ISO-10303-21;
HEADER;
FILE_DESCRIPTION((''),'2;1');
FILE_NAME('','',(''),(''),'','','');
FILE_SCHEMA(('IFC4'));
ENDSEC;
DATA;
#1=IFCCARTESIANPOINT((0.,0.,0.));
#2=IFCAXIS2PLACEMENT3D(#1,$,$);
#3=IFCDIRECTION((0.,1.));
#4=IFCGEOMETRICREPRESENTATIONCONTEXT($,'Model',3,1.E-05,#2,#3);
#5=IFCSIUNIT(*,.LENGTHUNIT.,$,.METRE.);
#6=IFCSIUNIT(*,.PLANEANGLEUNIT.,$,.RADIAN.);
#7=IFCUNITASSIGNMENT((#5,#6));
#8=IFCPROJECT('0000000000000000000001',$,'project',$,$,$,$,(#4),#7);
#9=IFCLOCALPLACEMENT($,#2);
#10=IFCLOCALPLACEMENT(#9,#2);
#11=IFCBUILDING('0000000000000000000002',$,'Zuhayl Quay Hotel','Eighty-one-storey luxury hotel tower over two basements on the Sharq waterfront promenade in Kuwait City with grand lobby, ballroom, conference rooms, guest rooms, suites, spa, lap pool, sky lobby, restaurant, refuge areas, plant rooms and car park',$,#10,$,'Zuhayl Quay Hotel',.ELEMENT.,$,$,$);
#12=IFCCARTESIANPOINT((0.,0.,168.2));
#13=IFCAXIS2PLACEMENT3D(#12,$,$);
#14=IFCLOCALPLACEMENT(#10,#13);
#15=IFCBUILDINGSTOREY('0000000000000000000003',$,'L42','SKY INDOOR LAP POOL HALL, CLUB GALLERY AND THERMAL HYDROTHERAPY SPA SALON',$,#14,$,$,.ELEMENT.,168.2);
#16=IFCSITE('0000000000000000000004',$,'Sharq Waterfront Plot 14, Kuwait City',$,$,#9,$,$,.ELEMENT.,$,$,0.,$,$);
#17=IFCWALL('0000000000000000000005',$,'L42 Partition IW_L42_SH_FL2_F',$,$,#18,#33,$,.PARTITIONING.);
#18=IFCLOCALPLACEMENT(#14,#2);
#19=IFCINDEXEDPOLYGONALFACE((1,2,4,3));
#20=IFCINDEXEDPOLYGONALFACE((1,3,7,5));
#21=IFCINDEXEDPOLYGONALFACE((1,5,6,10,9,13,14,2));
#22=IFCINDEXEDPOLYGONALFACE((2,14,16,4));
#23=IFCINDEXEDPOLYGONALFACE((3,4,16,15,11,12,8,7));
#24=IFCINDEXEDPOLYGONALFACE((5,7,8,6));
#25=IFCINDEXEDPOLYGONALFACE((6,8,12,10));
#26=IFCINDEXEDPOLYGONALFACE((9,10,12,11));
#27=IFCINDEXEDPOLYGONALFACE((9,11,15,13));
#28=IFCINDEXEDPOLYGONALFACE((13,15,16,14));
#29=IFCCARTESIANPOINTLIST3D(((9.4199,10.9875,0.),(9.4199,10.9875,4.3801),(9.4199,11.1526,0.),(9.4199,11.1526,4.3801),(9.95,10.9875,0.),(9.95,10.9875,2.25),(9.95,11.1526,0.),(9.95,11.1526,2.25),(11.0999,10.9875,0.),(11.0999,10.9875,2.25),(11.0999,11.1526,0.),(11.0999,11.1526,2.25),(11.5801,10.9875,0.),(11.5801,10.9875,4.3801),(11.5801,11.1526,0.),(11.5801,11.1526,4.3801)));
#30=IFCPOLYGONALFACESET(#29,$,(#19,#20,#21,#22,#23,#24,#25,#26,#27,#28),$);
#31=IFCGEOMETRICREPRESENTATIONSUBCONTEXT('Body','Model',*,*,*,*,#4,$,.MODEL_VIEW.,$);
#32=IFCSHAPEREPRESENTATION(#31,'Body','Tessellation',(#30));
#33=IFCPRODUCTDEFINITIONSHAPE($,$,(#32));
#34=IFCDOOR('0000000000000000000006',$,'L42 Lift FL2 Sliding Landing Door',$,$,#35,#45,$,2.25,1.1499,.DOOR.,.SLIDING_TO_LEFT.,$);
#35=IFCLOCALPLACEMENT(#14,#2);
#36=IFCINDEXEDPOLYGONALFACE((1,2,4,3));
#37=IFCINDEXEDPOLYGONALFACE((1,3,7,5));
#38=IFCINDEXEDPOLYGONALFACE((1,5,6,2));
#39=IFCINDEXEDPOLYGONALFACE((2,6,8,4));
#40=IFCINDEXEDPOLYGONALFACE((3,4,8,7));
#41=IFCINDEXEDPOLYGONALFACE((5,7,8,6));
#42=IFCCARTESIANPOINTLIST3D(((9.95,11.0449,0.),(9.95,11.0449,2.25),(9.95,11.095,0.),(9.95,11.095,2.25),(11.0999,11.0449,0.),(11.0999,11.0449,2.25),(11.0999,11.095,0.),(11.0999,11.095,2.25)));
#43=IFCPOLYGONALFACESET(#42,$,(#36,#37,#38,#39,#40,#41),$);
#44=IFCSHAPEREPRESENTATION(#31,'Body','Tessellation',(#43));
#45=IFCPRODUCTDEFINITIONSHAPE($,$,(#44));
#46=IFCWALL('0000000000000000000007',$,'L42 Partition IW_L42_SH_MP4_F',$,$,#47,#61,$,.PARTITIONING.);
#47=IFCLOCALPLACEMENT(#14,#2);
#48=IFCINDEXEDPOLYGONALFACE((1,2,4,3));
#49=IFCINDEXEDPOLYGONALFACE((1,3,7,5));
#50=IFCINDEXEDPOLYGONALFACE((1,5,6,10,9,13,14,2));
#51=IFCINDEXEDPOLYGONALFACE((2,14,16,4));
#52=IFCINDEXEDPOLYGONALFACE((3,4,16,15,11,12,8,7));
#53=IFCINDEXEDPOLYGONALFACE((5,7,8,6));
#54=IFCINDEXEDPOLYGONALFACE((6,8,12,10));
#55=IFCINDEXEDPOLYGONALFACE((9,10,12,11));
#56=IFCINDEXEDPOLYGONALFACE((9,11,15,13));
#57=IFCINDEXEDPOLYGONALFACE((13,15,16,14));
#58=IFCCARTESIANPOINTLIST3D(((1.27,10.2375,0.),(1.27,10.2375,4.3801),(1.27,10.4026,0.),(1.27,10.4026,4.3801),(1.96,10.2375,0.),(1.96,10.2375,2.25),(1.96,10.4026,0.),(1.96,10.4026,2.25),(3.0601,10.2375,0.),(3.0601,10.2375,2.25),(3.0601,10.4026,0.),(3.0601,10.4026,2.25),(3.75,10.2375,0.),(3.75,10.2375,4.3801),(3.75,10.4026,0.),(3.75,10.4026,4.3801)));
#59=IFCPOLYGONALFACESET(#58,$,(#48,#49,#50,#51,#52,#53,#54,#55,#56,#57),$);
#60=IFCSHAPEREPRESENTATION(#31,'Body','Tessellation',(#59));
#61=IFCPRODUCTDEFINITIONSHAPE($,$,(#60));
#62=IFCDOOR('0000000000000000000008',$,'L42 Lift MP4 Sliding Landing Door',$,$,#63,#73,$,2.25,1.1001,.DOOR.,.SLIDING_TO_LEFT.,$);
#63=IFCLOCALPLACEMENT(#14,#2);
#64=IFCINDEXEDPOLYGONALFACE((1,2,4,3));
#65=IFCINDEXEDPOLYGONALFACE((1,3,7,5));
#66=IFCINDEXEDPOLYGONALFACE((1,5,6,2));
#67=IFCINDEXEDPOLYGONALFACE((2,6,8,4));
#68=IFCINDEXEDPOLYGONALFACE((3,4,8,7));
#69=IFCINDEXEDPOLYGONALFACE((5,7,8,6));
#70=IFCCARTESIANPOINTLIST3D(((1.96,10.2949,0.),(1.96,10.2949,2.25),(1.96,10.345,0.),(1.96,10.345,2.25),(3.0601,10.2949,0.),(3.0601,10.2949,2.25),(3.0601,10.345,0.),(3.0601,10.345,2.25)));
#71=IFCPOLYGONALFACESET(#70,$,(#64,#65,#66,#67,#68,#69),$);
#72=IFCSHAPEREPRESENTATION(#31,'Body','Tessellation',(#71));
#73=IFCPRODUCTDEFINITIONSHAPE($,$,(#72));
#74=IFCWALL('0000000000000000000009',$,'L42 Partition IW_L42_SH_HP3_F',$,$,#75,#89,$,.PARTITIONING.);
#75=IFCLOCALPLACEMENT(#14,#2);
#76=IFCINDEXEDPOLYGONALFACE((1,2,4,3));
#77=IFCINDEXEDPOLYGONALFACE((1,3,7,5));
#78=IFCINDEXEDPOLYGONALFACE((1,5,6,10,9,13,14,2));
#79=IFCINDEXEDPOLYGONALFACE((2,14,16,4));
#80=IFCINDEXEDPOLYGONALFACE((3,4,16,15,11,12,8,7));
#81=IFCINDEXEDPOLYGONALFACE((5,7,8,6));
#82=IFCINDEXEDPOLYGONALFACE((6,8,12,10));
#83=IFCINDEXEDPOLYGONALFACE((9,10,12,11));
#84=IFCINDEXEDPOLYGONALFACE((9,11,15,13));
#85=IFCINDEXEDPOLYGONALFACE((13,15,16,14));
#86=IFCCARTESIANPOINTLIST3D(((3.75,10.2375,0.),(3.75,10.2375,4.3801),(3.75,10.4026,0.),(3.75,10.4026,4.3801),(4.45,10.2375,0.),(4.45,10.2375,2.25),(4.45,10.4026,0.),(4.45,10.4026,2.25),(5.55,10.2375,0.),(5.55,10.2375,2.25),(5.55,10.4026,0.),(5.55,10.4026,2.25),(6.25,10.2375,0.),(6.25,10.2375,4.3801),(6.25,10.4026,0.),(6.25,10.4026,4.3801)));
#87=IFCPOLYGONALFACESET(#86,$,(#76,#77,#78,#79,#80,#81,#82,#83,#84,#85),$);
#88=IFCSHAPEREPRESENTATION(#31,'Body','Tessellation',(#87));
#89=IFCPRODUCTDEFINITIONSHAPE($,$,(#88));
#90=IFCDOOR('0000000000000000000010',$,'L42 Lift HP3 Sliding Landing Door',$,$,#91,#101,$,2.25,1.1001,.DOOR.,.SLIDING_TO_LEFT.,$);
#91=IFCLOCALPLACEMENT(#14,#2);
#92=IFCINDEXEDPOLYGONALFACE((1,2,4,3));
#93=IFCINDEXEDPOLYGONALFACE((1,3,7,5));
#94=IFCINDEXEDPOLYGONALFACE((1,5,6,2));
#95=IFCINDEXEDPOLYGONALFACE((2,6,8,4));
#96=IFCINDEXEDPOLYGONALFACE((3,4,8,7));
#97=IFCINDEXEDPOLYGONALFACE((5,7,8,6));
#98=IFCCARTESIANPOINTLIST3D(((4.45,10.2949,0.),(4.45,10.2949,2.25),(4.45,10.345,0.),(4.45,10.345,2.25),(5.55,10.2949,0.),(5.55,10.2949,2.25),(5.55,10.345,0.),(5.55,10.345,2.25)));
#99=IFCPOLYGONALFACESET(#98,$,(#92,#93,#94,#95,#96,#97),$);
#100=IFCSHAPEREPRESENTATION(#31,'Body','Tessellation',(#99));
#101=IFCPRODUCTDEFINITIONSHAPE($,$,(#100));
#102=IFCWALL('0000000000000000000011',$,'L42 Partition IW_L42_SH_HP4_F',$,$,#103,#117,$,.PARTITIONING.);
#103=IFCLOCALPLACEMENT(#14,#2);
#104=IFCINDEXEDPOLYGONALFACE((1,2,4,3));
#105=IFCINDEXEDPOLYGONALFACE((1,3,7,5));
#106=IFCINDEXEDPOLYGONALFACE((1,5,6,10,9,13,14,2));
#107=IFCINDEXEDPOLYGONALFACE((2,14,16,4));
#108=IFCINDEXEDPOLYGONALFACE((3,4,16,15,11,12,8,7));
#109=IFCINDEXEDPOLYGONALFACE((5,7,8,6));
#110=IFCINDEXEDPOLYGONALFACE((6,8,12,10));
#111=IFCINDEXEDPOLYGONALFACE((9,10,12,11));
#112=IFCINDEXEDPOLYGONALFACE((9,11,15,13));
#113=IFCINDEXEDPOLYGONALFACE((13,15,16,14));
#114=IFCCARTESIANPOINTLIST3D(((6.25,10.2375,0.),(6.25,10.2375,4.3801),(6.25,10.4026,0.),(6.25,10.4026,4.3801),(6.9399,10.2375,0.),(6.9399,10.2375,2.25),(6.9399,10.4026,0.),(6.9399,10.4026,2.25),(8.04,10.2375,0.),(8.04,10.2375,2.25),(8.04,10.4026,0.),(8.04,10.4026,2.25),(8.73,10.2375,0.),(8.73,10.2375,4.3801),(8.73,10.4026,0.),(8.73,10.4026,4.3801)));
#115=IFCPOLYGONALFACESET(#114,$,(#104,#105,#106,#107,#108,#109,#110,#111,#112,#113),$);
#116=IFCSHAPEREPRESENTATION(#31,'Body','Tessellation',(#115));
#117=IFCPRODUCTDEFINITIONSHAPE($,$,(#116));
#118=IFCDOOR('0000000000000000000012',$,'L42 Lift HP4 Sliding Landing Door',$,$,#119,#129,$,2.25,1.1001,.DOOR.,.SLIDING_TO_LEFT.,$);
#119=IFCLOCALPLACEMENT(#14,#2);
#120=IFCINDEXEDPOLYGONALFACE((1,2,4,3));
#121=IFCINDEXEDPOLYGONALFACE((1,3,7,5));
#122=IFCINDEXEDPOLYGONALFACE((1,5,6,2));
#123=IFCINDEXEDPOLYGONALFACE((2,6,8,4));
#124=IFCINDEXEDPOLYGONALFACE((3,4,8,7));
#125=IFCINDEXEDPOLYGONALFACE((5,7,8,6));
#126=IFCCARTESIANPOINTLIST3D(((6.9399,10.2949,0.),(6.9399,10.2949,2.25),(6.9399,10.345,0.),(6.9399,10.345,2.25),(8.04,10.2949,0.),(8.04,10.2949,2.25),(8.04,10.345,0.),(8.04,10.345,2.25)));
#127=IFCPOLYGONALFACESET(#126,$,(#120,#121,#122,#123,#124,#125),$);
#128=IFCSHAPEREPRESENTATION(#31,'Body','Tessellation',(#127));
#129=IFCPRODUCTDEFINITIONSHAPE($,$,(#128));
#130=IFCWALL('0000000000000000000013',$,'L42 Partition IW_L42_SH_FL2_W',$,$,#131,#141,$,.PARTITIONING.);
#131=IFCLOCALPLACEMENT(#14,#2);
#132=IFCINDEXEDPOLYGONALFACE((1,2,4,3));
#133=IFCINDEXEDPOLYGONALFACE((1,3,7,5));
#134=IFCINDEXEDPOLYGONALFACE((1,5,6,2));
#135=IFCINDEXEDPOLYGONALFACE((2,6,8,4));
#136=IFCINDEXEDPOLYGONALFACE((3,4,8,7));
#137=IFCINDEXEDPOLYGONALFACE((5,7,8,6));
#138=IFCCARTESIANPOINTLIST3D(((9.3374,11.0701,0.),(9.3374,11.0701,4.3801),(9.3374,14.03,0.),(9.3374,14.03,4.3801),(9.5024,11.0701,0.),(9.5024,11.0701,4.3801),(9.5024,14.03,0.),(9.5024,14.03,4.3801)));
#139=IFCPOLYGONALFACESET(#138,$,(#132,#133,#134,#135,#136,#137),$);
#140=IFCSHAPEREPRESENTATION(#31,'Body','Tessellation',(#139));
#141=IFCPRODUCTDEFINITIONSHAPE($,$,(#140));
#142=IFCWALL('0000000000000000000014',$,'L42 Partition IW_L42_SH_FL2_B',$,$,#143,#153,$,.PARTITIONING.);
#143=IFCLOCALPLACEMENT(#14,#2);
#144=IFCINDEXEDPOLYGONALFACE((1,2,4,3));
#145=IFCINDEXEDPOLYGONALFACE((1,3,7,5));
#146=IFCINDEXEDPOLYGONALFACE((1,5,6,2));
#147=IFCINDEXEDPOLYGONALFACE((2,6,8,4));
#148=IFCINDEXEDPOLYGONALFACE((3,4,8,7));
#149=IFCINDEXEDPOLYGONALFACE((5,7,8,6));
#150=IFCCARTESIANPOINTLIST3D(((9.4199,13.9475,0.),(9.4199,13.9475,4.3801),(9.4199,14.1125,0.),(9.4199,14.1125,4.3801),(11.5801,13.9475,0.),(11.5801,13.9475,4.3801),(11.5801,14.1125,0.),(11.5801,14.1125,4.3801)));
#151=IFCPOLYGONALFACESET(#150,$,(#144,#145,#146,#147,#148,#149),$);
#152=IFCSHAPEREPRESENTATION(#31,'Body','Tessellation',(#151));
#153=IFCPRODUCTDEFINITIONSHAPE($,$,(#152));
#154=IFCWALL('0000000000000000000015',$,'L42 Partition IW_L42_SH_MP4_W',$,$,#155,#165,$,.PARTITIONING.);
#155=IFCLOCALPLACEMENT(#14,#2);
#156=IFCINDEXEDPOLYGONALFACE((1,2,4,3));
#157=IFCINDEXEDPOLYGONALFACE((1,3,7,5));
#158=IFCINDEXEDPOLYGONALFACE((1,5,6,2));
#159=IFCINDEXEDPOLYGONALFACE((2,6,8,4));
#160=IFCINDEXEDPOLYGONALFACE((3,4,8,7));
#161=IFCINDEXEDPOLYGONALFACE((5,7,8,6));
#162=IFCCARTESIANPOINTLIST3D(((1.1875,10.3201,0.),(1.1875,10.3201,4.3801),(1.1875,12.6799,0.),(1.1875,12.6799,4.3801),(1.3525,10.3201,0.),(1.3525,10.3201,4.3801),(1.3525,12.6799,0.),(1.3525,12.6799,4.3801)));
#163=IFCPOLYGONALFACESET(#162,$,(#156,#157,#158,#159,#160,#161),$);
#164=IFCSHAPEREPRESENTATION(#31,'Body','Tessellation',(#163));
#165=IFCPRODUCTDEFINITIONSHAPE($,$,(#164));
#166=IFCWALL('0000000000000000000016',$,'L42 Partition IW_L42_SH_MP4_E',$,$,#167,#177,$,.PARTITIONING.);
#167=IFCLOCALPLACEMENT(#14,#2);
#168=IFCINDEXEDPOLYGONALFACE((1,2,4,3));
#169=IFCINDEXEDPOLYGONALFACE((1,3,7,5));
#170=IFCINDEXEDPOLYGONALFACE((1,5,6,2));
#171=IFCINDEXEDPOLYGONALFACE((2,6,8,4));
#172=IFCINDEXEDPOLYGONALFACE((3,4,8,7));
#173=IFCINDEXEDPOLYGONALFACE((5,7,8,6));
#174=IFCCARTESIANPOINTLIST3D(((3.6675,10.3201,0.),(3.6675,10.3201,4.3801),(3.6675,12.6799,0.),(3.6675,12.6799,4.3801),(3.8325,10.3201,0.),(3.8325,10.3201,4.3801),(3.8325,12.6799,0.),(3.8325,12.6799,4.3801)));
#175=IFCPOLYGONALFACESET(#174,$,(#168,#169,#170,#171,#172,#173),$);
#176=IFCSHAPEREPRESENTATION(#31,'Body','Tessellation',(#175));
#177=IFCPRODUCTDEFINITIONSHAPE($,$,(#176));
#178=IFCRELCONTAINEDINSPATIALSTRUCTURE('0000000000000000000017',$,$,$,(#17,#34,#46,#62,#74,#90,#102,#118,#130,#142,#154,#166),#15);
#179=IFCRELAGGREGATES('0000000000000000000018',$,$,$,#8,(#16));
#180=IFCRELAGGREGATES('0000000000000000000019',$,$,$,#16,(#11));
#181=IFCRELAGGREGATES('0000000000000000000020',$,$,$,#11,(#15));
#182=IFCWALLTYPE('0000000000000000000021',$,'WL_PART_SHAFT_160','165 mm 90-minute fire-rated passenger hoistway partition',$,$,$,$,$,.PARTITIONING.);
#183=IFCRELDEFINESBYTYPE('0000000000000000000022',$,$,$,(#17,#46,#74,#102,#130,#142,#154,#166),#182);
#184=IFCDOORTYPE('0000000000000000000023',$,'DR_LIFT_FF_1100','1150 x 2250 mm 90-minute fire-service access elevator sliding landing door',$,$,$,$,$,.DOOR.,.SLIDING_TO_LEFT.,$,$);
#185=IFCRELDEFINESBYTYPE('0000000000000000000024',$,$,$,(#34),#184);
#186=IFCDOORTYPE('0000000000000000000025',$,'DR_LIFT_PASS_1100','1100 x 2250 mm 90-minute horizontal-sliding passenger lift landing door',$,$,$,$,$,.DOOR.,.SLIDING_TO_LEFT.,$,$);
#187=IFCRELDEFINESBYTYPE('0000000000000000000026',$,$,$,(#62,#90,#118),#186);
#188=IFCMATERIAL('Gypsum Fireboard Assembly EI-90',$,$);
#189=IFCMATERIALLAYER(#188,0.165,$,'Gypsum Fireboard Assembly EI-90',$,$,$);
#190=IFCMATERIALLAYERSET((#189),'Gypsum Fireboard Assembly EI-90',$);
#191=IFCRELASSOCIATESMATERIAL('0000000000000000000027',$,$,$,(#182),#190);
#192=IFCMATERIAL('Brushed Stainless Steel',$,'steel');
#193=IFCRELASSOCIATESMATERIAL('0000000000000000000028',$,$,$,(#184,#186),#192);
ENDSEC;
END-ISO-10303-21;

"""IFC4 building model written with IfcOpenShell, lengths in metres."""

from ifc_helpers import new_model, si_unit, direction, frame, frame_2d, origin, place, context, subcontext, project, spatial, rectangle, extrude, material, layer, layer_set, type_object, element, fill, save


model = new_model("IFC4")

# Units and contexts
model_context = context("Model", 3, precision=1e-05, world=origin(), true_north=direction((0.0, 1.0)))
body_context = subcontext(model_context, "Body", "Model", "MODEL_VIEW")
ifc_project = project(units=[si_unit("LENGTHUNIT", "METRE"), si_unit("PLANEANGLEUNIT", "RADIAN")], contexts=[model_context])

# Site, building, storey
site_placement = place(None, origin())
site = spatial("IfcSite", under=ifc_project, at=site_placement, Name="Sharq Waterfront Plot 14, Kuwait City", CompositionType="ELEMENT", RefElevation=0.0)
building_placement = place(site_placement, origin())
building = spatial("IfcBuilding", under=site, at=building_placement, Name="Zuhayl Quay Hotel", Description="Eighty-one-storey luxury hotel tower over two basements on the Sharq waterfront promenade in Kuwait City with grand lobby, ballroom, conference rooms, guest rooms, suites, spa, lap pool, sky lobby, restaurant, refuge areas, plant rooms and car park", LongName="Zuhayl Quay Hotel", CompositionType="ELEMENT")
storey_placement = place(building_placement, frame((0.0, 0.0, 168.2)))
storey = spatial("IfcBuildingStorey", under=building, at=storey_placement, Name="L42", Description="SKY INDOOR LAP POOL HALL, CLUB GALLERY AND THERMAL HYDROTHERAPY SPA SALON", CompositionType="ELEMENT", Elevation=168.2)

# Walls, openings, doors
ifc_material_1 = material(Name="Gypsum Fireboard Assembly EI-90")
ifc_layer_1 = layer(ifc_material_1, 0.165, Name="Gypsum Fireboard Assembly EI-90")
ifc_layer_set_1 = layer_set([ifc_layer_1], Name="Gypsum Fireboard Assembly EI-90")
wall_type_1 = type_object("IfcWallType", Name="WL_PART_SHAFT_160", Description="165 mm 90-minute fire-rated passenger hoistway partition", PredefinedType="PARTITIONING", material=ifc_layer_set_1)
wall_1_placement = place(storey_placement, frame((9.4199, 11.0701, 0.0), z_axis=(0.0, 0.0, 1.0), x_axis=(1.0, 0.0, 0.0)))
wall_1 = element("IfcWall", 1, at=wall_1_placement, inside=storey, type_object=wall_type_1, Name="L42 Partition IW_L42_SH_FL2_F", PredefinedType="PARTITIONING", context=body_context, shape_type="SweptSolid", body=[
    extrude(rectangle(XDim=2.1602, YDim=0.165, at=frame_2d((1.0801, 0.0))), origin(), (0.0, 0.0, 1.0), 4.3801),
])
opening_1_placement = place(wall_1_placement, frame((0.53, 0.0, 0.0)))
opening_1 = element("IfcOpeningElement", 2, at=opening_1_placement, cuts=wall_1, PredefinedType="OPENING", context=body_context, shape_type="SweptSolid", body=[
    extrude(rectangle(XDim=1.1499, YDim=2.25, at=frame_2d((0.575, 1.125))), frame((0.0, 0.0925, 0.0), z_axis=(0.0, -1.0, 0.0), x_axis=(1.0, 0.0, 0.0)), (0.0, 0.0, 1.0), 0.1851),
])
ifc_material_2 = material(Name="Brushed Stainless Steel", Category="steel")
door_type_1 = type_object("IfcDoorType", Name="DR_LIFT_FF_1100", Description="1150 x 2250 mm 90-minute fire-service access elevator sliding landing door", OperationType="SLIDING_TO_LEFT", PredefinedType="DOOR", material=ifc_material_2)
door_1_placement = place(opening_1_placement, origin())
door_1 = element("IfcDoor", 3, at=door_1_placement, inside=storey, type_object=door_type_1, Name="L42 Lift FL2 Sliding Landing Door", OperationType="SLIDING_TO_LEFT", OverallHeight=2.25, OverallWidth=1.1499, PredefinedType="DOOR", context=body_context, shape_type="SweptSolid", body=[
    extrude(rectangle(XDim=1.1499, YDim=2.25, at=frame_2d((0.575, 1.125))), frame((0.0, 0.0249, 0.0), z_axis=(0.0, -1.0, 0.0), x_axis=(1.0, 0.0, 0.0)), (0.0, 0.0, 1.0), 0.05),
])
fill(opening_1, door_1)
wall_2_placement = place(storey_placement, frame((1.27, 10.3201, 0.0), z_axis=(0.0, 0.0, 1.0), x_axis=(1.0, 0.0, 0.0)))
wall_2 = element("IfcWall", 4, at=wall_2_placement, inside=storey, type_object=wall_type_1, Name="L42 Partition IW_L42_SH_MP4_F", PredefinedType="PARTITIONING", context=body_context, shape_type="SweptSolid", body=[
    extrude(rectangle(XDim=2.48, YDim=0.165, at=frame_2d((1.24, 0.0))), origin(), (0.0, 0.0, 1.0), 4.3801),
])
opening_2_placement = place(wall_2_placement, frame((0.6899, 0.0, 0.0)))
opening_2 = element("IfcOpeningElement", 5, at=opening_2_placement, cuts=wall_2, PredefinedType="OPENING", context=body_context, shape_type="SweptSolid", body=[
    extrude(rectangle(XDim=1.1001, YDim=2.25, at=frame_2d((0.55, 1.125))), frame((0.0, 0.0925, 0.0), z_axis=(0.0, -1.0, 0.0), x_axis=(1.0, 0.0, 0.0)), (0.0, 0.0, 1.0), 0.1851),
])
door_type_2 = type_object("IfcDoorType", Name="DR_LIFT_PASS_1100", Description="1100 x 2250 mm 90-minute horizontal-sliding passenger lift landing door", OperationType="SLIDING_TO_LEFT", PredefinedType="DOOR", material=ifc_material_2)
door_2_placement = place(opening_2_placement, origin())
door_2 = element("IfcDoor", 6, at=door_2_placement, inside=storey, type_object=door_type_2, Name="L42 Lift MP4 Sliding Landing Door", OperationType="SLIDING_TO_LEFT", OverallHeight=2.25, OverallWidth=1.1001, PredefinedType="DOOR", context=body_context, shape_type="SweptSolid", body=[
    extrude(rectangle(XDim=1.1001, YDim=2.25, at=frame_2d((0.55, 1.125))), frame((0.0, 0.0249, 0.0), z_axis=(0.0, -1.0, 0.0), x_axis=(1.0, 0.0, 0.0)), (0.0, 0.0, 1.0), 0.05),
])
fill(opening_2, door_2)
wall_3_placement = place(storey_placement, frame((3.75, 10.3201, 0.0), z_axis=(0.0, 0.0, 1.0), x_axis=(1.0, 0.0, 0.0)))
wall_3 = element("IfcWall", 7, at=wall_3_placement, inside=storey, type_object=wall_type_1, Name="L42 Partition IW_L42_SH_HP3_F", PredefinedType="PARTITIONING", context=body_context, shape_type="SweptSolid", body=[
    extrude(rectangle(XDim=2.5, YDim=0.165, at=frame_2d((1.25, 0.0))), origin(), (0.0, 0.0, 1.0), 4.3801),
])
opening_3_placement = place(wall_3_placement, frame((0.7, 0.0, 0.0)))
opening_3 = element("IfcOpeningElement", 8, at=opening_3_placement, cuts=wall_3, PredefinedType="OPENING", context=body_context, shape_type="SweptSolid", body=[
    extrude(rectangle(XDim=1.1001, YDim=2.25, at=frame_2d((0.55, 1.125))), frame((0.0, 0.0925, 0.0), z_axis=(0.0, -1.0, 0.0), x_axis=(1.0, 0.0, 0.0)), (0.0, 0.0, 1.0), 0.1851),
])
door_3_placement = place(opening_3_placement, origin())
door_3 = element("IfcDoor", 9, at=door_3_placement, inside=storey, type_object=door_type_2, Name="L42 Lift HP3 Sliding Landing Door", OperationType="SLIDING_TO_LEFT", OverallHeight=2.25, OverallWidth=1.1001, PredefinedType="DOOR", context=body_context, shape_type="SweptSolid", body=[
    extrude(rectangle(XDim=1.1001, YDim=2.25, at=frame_2d((0.55, 1.125))), frame((0.0, 0.0249, 0.0), z_axis=(0.0, -1.0, 0.0), x_axis=(1.0, 0.0, 0.0)), (0.0, 0.0, 1.0), 0.05),
])
fill(opening_3, door_3)
wall_4_placement = place(storey_placement, frame((6.25, 10.3201, 0.0), z_axis=(0.0, 0.0, 1.0), x_axis=(1.0, 0.0, 0.0)))
wall_4 = element("IfcWall", 10, at=wall_4_placement, inside=storey, type_object=wall_type_1, Name="L42 Partition IW_L42_SH_HP4_F", PredefinedType="PARTITIONING", context=body_context, shape_type="SweptSolid", body=[
    extrude(rectangle(XDim=2.48, YDim=0.165, at=frame_2d((1.24, 0.0))), origin(), (0.0, 0.0, 1.0), 4.3801),
])
opening_4_placement = place(wall_4_placement, frame((0.6899, 0.0, 0.0)))
opening_4 = element("IfcOpeningElement", 11, at=opening_4_placement, cuts=wall_4, PredefinedType="OPENING", context=body_context, shape_type="SweptSolid", body=[
    extrude(rectangle(XDim=1.1001, YDim=2.25, at=frame_2d((0.55, 1.125))), frame((0.0, 0.0925, 0.0), z_axis=(0.0, -1.0, 0.0), x_axis=(1.0, 0.0, 0.0)), (0.0, 0.0, 1.0), 0.1851),
])
door_4_placement = place(opening_4_placement, origin())
door_4 = element("IfcDoor", 12, at=door_4_placement, inside=storey, type_object=door_type_2, Name="L42 Lift HP4 Sliding Landing Door", OperationType="SLIDING_TO_LEFT", OverallHeight=2.25, OverallWidth=1.1001, PredefinedType="DOOR", context=body_context, shape_type="SweptSolid", body=[
    extrude(rectangle(XDim=1.1001, YDim=2.25, at=frame_2d((0.55, 1.125))), frame((0.0, 0.0249, 0.0), z_axis=(0.0, -1.0, 0.0), x_axis=(1.0, 0.0, 0.0)), (0.0, 0.0, 1.0), 0.05),
])
fill(opening_4, door_4)

# Walls
wall_5_placement = place(storey_placement, frame((9.4199, 11.0701, 0.0), z_axis=(0.0, 0.0, 1.0), x_axis=(0.0, 1.0, 0.0)))
element("IfcWall", 13, at=wall_5_placement, inside=storey, type_object=wall_type_1, Name="L42 Partition IW_L42_SH_FL2_W", PredefinedType="PARTITIONING", context=body_context, shape_type="SweptSolid", body=[
    extrude(rectangle(XDim=2.96, YDim=0.165, at=frame_2d((1.48, 0.0))), origin(), (0.0, 0.0, 1.0), 4.3801),
])
wall_6_placement = place(storey_placement, frame((9.4199, 14.03, 0.0), z_axis=(0.0, 0.0, 1.0), x_axis=(1.0, 0.0, 0.0)))
element("IfcWall", 14, at=wall_6_placement, inside=storey, type_object=wall_type_1, Name="L42 Partition IW_L42_SH_FL2_B", PredefinedType="PARTITIONING", context=body_context, shape_type="SweptSolid", body=[
    extrude(rectangle(XDim=2.1602, YDim=0.165, at=frame_2d((1.0801, 0.0))), origin(), (0.0, 0.0, 1.0), 4.3801),
])
for number, where, z_axis, x_axis, name in (
    (15, (1.27, 10.3201, 0.0), (0.0, 0.0, 1.0), (0.0, 1.0, 0.0), "L42 Partition IW_L42_SH_MP4_W"),
    (16, (3.75, 10.3201, 0.0), (0.0, 0.0, 1.0), (0.0, 1.0, 0.0), "L42 Partition IW_L42_SH_MP4_E"),
):
    element("IfcWall", number, at=place(storey_placement, frame(where, z_axis=z_axis, x_axis=x_axis)), inside=storey, type_object=wall_type_1, Name=name, PredefinedType="PARTITIONING", context=body_context, shape_type="SweptSolid", body=[
        extrude(rectangle(XDim=2.3599, YDim=0.165, at=frame_2d((1.1799, 0.0))), origin(), (0.0, 0.0, 1.0), 4.3801),
    ])

save(model, "model.ifc")
